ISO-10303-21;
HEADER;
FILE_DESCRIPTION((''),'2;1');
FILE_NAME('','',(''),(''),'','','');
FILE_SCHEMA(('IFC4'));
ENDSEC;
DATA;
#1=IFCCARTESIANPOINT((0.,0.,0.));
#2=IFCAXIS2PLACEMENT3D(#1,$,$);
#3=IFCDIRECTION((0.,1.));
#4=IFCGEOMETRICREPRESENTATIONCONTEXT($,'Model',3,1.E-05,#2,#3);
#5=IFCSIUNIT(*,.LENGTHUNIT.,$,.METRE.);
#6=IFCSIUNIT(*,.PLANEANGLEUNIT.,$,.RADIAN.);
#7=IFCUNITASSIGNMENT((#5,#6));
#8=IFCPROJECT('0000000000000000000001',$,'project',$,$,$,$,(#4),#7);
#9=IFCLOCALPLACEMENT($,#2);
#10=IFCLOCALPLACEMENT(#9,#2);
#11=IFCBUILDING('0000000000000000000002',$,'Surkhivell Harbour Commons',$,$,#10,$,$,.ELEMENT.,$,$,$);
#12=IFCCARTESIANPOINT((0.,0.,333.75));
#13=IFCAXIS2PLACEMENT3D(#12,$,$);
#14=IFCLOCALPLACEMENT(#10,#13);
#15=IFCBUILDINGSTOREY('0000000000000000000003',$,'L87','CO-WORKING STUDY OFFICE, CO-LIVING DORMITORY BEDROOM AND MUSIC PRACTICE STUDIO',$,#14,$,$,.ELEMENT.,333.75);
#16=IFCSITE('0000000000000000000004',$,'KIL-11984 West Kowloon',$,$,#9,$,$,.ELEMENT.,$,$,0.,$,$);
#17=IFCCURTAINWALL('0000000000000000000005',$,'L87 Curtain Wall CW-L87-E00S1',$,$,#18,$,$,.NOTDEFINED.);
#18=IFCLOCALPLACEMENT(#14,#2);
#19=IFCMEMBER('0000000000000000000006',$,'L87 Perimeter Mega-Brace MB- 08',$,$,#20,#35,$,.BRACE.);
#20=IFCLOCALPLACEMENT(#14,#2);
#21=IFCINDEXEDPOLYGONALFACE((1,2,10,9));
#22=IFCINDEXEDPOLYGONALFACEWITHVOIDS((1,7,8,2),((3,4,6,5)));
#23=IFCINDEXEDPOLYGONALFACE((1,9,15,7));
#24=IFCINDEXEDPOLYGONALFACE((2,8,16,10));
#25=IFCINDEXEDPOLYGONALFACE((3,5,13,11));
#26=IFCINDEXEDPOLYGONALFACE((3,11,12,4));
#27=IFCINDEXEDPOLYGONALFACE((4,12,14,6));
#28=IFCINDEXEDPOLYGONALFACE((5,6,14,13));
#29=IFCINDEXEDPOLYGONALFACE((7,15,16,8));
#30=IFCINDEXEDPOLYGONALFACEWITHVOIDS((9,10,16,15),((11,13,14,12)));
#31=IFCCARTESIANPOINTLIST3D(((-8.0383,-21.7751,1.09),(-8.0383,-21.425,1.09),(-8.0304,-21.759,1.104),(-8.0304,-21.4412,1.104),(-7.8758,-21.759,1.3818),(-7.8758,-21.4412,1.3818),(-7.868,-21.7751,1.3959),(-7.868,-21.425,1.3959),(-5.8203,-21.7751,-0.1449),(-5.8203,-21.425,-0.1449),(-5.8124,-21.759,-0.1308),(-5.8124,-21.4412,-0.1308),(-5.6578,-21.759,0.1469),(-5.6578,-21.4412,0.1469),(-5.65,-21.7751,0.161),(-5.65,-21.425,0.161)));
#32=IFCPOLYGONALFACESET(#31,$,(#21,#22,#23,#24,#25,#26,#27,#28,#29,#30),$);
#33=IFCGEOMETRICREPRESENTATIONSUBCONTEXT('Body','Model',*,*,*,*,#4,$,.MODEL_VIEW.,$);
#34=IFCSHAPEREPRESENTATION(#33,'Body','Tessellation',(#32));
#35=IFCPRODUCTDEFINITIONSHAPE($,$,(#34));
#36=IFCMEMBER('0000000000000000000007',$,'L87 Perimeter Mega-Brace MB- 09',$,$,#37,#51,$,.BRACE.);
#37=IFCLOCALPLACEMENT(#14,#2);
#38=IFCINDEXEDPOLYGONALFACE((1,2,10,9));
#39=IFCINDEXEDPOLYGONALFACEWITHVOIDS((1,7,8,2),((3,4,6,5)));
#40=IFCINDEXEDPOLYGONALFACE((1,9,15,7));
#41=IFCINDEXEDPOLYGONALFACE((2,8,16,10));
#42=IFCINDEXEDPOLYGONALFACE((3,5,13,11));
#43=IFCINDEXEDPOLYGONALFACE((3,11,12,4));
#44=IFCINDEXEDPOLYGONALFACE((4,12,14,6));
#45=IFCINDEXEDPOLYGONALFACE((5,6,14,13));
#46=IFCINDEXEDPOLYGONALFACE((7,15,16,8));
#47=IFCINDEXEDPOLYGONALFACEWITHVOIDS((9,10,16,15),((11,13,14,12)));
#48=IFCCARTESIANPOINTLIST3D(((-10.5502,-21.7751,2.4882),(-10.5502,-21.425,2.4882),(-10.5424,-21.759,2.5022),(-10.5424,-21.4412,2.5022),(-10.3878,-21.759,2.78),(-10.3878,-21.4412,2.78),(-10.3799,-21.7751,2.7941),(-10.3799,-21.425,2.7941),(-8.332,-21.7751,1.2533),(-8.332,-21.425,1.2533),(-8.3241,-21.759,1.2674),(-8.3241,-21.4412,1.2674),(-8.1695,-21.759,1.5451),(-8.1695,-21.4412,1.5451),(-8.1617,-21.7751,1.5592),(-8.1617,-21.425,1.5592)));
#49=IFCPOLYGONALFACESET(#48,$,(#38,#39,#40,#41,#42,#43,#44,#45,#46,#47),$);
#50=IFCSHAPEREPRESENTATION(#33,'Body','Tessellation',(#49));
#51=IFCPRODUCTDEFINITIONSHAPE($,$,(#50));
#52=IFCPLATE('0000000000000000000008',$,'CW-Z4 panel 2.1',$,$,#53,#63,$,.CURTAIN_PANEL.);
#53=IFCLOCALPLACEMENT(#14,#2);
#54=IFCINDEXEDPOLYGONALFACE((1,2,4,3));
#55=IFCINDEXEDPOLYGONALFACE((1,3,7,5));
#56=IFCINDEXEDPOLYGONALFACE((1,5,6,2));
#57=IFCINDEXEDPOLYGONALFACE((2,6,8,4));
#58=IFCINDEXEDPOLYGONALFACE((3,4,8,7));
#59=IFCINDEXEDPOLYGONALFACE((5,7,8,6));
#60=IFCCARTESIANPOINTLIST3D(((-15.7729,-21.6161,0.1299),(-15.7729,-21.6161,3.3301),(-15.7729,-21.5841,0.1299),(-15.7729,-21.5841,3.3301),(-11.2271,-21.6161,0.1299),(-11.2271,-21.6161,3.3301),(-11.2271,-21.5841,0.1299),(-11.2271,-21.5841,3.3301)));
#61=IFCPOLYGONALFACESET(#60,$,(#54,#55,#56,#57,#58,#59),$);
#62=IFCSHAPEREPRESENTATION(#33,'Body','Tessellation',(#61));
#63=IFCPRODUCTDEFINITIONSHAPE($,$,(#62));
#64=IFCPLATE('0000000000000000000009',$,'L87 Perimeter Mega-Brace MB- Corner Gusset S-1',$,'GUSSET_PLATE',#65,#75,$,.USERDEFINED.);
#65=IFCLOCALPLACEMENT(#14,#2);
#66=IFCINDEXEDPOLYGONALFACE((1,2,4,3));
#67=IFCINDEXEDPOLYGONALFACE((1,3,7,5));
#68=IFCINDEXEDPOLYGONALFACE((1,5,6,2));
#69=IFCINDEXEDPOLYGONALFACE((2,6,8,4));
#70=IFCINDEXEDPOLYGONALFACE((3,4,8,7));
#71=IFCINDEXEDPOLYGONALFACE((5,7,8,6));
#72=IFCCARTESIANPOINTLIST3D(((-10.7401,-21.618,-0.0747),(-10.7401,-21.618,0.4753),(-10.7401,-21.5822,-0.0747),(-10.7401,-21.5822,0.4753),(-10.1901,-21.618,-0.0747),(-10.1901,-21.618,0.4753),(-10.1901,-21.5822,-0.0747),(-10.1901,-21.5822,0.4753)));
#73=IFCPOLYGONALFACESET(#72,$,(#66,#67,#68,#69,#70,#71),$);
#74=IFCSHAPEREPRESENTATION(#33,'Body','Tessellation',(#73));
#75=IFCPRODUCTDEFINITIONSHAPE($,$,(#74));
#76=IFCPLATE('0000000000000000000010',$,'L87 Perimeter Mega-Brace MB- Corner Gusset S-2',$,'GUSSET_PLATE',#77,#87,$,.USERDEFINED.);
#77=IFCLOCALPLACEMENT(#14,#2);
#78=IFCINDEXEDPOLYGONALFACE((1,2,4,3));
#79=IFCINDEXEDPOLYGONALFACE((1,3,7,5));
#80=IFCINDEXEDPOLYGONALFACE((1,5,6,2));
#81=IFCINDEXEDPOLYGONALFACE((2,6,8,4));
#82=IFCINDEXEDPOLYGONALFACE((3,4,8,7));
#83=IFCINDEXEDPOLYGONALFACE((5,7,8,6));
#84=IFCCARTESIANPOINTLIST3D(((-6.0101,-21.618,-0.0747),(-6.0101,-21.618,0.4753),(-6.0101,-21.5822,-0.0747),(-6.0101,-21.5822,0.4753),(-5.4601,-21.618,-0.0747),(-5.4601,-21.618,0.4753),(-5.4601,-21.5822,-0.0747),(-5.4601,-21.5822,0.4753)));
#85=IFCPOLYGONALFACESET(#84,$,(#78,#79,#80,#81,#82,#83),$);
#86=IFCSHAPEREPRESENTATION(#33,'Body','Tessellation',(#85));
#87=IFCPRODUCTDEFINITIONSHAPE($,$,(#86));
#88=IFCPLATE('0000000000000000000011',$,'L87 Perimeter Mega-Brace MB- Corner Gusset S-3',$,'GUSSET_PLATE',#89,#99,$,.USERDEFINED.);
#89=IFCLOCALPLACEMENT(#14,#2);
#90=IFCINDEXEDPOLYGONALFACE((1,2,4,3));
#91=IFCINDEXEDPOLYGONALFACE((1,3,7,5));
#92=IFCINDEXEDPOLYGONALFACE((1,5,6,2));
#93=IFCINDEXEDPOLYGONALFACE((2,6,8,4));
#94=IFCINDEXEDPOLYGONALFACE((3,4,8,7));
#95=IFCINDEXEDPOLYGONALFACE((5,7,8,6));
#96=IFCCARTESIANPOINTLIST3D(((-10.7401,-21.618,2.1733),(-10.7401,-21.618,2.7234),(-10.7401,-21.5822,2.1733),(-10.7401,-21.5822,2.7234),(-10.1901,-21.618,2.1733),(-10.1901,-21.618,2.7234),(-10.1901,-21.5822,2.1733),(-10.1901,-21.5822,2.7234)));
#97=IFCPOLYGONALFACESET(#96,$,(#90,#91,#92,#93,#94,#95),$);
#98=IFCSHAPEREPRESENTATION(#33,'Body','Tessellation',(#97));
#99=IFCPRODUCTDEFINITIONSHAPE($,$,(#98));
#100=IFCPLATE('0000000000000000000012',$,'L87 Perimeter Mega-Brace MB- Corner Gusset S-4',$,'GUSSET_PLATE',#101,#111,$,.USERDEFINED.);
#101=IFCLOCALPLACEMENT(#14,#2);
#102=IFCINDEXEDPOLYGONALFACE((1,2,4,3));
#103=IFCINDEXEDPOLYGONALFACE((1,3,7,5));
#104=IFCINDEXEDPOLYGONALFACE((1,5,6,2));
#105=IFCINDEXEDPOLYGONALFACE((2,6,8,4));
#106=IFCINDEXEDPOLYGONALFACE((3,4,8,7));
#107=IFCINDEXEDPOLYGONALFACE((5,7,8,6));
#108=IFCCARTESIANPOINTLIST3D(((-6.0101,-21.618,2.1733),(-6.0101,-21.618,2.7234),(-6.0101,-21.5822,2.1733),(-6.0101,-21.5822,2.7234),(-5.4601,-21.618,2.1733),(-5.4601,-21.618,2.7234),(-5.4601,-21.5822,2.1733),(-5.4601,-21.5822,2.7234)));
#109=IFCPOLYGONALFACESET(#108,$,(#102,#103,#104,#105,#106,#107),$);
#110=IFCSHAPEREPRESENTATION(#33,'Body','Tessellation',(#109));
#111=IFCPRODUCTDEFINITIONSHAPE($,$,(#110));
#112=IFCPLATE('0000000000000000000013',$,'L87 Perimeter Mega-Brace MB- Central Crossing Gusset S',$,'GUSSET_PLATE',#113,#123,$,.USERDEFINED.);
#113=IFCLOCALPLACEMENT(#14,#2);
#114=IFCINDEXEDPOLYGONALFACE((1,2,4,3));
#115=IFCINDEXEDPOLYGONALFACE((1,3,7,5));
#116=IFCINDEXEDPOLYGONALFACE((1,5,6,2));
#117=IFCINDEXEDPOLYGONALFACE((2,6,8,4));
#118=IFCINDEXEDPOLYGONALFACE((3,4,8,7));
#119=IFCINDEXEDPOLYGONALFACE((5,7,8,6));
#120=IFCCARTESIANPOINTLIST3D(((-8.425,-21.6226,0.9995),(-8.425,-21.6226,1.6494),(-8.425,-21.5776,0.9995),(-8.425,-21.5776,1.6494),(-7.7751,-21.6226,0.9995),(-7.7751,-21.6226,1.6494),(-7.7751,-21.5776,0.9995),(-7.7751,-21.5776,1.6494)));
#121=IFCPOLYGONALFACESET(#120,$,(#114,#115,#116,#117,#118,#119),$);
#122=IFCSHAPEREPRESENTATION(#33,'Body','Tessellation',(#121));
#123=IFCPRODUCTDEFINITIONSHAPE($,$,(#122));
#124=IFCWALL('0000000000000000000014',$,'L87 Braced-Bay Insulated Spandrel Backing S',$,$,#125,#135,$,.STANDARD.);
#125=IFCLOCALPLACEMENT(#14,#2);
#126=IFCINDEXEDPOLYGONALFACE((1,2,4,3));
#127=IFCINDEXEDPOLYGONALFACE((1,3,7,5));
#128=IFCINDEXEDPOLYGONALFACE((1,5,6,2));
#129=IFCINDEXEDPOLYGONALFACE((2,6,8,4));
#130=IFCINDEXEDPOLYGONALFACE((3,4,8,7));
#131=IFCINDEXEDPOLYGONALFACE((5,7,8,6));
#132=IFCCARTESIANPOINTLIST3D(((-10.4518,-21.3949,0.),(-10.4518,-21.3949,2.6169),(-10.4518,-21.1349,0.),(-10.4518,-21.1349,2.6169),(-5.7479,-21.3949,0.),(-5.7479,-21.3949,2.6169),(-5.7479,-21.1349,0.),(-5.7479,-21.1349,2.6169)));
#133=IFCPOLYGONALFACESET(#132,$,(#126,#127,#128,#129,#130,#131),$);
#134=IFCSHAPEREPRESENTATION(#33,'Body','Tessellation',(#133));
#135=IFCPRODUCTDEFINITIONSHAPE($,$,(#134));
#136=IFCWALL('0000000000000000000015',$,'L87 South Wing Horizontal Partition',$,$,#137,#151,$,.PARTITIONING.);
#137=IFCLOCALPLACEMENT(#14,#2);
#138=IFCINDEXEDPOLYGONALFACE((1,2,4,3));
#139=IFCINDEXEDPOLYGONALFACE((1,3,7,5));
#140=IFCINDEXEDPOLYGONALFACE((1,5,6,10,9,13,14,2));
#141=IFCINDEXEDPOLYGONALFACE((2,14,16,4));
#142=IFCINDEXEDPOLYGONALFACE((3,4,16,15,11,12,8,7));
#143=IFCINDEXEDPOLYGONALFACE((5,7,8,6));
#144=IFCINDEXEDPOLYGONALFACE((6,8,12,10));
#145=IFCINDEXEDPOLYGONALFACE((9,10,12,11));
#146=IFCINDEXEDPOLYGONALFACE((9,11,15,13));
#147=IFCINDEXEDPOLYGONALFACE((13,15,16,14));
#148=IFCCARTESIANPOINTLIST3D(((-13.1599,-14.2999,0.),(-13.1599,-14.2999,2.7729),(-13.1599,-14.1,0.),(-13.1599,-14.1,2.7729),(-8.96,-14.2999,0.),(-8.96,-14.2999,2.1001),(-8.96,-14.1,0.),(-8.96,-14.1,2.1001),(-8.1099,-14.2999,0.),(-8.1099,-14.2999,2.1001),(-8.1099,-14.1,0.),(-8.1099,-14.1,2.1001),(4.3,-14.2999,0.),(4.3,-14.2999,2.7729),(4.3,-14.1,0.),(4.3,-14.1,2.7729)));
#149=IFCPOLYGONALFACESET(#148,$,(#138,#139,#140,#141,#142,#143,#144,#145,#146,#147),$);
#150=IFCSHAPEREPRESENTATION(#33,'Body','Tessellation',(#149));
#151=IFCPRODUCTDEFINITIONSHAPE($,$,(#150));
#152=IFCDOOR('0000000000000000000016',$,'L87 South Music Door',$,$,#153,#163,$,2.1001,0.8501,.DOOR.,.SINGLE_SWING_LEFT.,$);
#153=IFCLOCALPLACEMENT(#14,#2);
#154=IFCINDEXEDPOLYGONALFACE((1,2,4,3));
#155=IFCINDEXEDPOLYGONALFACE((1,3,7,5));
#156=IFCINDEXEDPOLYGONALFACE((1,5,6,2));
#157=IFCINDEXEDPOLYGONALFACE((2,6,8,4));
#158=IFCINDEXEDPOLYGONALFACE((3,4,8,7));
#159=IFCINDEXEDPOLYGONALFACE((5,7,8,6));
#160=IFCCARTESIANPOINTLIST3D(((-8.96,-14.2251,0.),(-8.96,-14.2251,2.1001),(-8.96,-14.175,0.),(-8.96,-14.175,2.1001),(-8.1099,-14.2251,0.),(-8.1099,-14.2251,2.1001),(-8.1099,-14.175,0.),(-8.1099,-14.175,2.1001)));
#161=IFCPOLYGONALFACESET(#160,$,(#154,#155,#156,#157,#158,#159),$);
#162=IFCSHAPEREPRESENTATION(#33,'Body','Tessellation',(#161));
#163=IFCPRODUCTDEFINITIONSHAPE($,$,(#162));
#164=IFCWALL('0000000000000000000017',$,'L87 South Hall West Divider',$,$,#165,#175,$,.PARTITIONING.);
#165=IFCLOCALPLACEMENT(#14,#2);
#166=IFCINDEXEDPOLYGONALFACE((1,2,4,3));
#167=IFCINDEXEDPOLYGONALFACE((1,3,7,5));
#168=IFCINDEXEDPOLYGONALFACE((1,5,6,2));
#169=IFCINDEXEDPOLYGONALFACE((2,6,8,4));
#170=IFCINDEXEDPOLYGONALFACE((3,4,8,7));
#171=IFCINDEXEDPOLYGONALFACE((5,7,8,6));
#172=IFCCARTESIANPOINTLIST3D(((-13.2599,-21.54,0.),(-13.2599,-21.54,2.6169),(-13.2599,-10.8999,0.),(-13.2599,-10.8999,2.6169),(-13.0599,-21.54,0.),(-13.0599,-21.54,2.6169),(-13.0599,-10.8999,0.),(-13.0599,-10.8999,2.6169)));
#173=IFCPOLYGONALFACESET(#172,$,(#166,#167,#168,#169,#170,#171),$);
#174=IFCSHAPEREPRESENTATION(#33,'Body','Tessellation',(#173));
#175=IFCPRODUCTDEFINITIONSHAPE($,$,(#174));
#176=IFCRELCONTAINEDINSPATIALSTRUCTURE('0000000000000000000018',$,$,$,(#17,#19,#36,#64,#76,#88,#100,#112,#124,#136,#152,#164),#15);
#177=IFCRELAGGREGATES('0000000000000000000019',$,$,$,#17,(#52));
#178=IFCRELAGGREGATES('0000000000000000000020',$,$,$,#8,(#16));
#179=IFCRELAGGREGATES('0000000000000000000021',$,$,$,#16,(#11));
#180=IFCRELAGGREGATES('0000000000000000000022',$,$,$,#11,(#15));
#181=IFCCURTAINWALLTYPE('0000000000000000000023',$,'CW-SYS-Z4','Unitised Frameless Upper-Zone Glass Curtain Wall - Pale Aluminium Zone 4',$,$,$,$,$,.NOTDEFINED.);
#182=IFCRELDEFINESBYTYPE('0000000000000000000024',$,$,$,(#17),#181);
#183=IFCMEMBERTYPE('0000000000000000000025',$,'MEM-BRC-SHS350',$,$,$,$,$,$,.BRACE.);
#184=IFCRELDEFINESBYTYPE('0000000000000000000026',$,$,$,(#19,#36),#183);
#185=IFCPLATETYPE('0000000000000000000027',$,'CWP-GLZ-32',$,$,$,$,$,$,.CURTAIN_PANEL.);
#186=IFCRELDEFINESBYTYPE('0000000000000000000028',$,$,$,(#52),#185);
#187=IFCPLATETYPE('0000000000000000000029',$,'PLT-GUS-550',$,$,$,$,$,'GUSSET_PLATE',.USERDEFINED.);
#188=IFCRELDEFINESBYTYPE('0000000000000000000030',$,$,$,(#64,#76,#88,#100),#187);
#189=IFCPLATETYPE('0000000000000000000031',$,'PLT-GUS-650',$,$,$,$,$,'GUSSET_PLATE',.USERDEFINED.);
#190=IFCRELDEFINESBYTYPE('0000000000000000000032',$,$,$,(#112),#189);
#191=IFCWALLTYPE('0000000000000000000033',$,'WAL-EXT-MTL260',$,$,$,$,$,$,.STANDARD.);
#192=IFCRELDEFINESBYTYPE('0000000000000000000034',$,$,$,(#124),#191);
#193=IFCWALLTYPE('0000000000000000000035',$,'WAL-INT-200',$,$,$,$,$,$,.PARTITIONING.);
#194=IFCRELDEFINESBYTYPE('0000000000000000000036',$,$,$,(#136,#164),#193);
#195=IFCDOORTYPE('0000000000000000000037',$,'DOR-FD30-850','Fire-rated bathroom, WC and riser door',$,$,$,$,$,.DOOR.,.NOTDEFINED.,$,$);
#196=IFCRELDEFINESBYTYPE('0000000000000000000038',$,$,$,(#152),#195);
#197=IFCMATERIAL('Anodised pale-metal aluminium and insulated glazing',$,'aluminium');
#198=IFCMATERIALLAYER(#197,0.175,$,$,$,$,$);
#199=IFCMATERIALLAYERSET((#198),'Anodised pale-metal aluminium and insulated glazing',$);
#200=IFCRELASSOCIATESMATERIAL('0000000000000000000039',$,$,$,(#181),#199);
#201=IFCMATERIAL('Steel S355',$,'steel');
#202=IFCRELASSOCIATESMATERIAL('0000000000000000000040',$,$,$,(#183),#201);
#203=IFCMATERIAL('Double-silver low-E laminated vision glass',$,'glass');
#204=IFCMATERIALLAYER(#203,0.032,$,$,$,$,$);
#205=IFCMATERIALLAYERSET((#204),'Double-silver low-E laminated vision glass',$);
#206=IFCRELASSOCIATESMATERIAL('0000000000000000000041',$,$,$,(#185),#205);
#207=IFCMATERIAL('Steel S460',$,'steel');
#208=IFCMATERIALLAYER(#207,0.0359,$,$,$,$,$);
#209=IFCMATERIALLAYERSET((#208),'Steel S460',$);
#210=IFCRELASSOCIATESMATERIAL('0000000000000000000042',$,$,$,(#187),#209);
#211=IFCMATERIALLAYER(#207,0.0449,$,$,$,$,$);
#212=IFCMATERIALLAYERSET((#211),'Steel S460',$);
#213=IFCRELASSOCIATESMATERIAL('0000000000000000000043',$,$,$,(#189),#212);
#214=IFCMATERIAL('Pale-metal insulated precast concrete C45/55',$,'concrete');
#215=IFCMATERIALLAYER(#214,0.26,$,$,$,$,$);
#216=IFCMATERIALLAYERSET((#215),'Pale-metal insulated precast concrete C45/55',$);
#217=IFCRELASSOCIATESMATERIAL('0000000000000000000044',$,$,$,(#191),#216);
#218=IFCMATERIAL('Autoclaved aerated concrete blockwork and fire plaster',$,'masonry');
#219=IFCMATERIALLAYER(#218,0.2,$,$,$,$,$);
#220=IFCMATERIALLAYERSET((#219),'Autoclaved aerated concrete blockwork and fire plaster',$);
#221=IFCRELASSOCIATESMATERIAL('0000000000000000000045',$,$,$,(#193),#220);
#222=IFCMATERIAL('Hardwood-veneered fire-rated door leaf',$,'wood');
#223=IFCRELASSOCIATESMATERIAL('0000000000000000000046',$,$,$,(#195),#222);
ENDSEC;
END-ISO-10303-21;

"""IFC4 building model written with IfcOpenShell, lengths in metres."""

from ifc_helpers import new_model, si_unit, direction, frame, frame_2d, origin, origin_2d, place, context, subcontext, project, spatial, rectangle, hollow_rectangle, extrude, material, layer, layer_set, material_profile, profile_set, type_object, element, fill, aggregate, save


model = new_model("IFC4")

# Units and contexts
model_context = context("Model", 3, precision=1e-05, world=origin(), true_north=direction((0.0, 1.0)))
body_context = subcontext(model_context, "Body", "Model", "MODEL_VIEW")
ifc_project = project(units=[si_unit("LENGTHUNIT", "METRE"), si_unit("PLANEANGLEUNIT", "RADIAN")], contexts=[model_context])

# Site, building, storey
site_placement = place(None, origin())
site = spatial("IfcSite", under=ifc_project, at=site_placement, Name="KIL-11984 West Kowloon", CompositionType="ELEMENT", RefElevation=0.0)
building_placement = place(site_placement, origin())
building = spatial("IfcBuilding", under=site, at=building_placement, Name="Surkhivell Harbour Commons", CompositionType="ELEMENT")
storey_placement = place(building_placement, frame((0.0, 0.0, 333.75)))
storey = spatial("IfcBuildingStorey", under=building, at=storey_placement, Name="L87", Description="CO-WORKING STUDY OFFICE, CO-LIVING DORMITORY BEDROOM AND MUSIC PRACTICE STUDIO", CompositionType="ELEMENT", Elevation=333.75)

# Shared definitions
ifc_material_1 = material(Name="Steel S355", Category="steel")

# Curtain wall
ifc_material_2 = material(Name="Anodised pale-metal aluminium and insulated glazing", Category="aluminium")
ifc_layer_1 = layer(ifc_material_2, 0.175)
ifc_layer_set_1 = layer_set([ifc_layer_1], Name="Anodised pale-metal aluminium and insulated glazing")
curtain_wall_type = type_object("IfcCurtainWallType", Name="CW-SYS-Z4", Description="Unitised Frameless Upper-Zone Glass Curtain Wall - Pale Aluminium Zone 4", PredefinedType="NOTDEFINED", material=ifc_layer_set_1)
curtain_wall_placement = place(storey_placement, origin())
curtain_wall = element("IfcCurtainWall", 1, at=curtain_wall_placement, inside=storey, type_object=curtain_wall_type, Name="L87 Curtain Wall CW-L87-E00S1", PredefinedType="NOTDEFINED")

# Members
ifc_material_profile_1 = material_profile(ifc_material_1, hollow_rectangle(XDim=0.3501, YDim=0.3501, WallThickness=0.0161, at=origin_2d()), Name="SHS350x350x16")
ifc_profile_set_1 = profile_set([ifc_material_profile_1], Name="Steel S355")
member_type_1 = type_object("IfcMemberType", Name="MEM-BRC-SHS350", PredefinedType="BRACE", material=ifc_profile_set_1)
member_1_placement = place(storey_placement, frame((-5.7351, -21.6001, 0.0081), z_axis=(-0.873717, 0.0, 0.486435), x_axis=(0.0, -1.0, 0.0)))
element("IfcMember", 2, at=member_1_placement, inside=storey, type_object=member_type_1, Name="L87 Perimeter Mega-Brace MB- 08", PredefinedType="BRACE", context=body_context, shape_type="SweptSolid", body=[
    extrude(hollow_rectangle(XDim=0.3501, YDim=0.3501, WallThickness=0.0161, at=origin_2d()), origin(), (0.0, 0.0, 1.0), 2.5386),
])
member_2_placement = place(storey_placement, frame((-8.2468, -21.6001, 1.4062), z_axis=(-0.87374, 0.0, 0.486394), x_axis=(0.0, -1.0, 0.0)))
element("IfcMember", 3, at=member_2_placement, inside=storey, type_object=member_type_1, Name="L87 Perimeter Mega-Brace MB- 09", PredefinedType="BRACE", context=body_context, shape_type="SweptSolid", body=[
    extrude(hollow_rectangle(XDim=0.3501, YDim=0.3501, WallThickness=0.0161, at=origin_2d()), origin(), (0.0, 0.0, 1.0), 2.5388),
])

# Plate
ifc_material_3 = material(Name="Double-silver low-E laminated vision glass", Category="glass")
ifc_layer_2 = layer(ifc_material_3, 0.032)
ifc_layer_set_2 = layer_set([ifc_layer_2], Name="Double-silver low-E laminated vision glass")
plate_type_1 = type_object("IfcPlateType", Name="CWP-GLZ-32", PredefinedType="CURTAIN_PANEL", material=ifc_layer_set_2)
plate_1_placement = place(storey_placement, frame((-15.7729, -21.6001, 0.1299), z_axis=(0.0, 0.0, 1.0), x_axis=(1.0, 0.0, 0.0)))
plate_1 = element("IfcPlate", 4, at=plate_1_placement, type_object=plate_type_1, Name="CW-Z4 panel 2.1", PredefinedType="CURTAIN_PANEL", context=body_context, shape_type="SweptSolid", body=[
    extrude(rectangle(XDim=4.5459, YDim=0.032, at=frame_2d((2.2729, 0.0))), origin(), (0.0, 0.0, 1.0), 3.2002),
])
aggregate(curtain_wall, [plate_1])

# Plates
ifc_material_4 = material(Name="Steel S460", Category="steel")
ifc_layer_3 = layer(ifc_material_4, 0.0359)
ifc_layer_set_3 = layer_set([ifc_layer_3], Name="Steel S460")
plate_type_2 = type_object("IfcPlateType", Name="PLT-GUS-550", ElementType="GUSSET_PLATE", PredefinedType="USERDEFINED", material=ifc_layer_set_3)
for number, where, z_axis, x_axis, name in (
    (5, (-10.4651, -21.6001, -0.0747), (0.0, 0.0, 1.0), (1.0, 0.0, 0.0), "L87 Perimeter Mega-Brace MB- Corner Gusset S-1"),
    (6, (-5.7351, -21.6001, -0.0747), (0.0, 0.0, 1.0), (1.0, 0.0, 0.0), "L87 Perimeter Mega-Brace MB- Corner Gusset S-2"),
    (7, (-10.4651, -21.6001, 2.1733), (0.0, 0.0, 1.0), (1.0, 0.0, 0.0), "L87 Perimeter Mega-Brace MB- Corner Gusset S-3"),
    (8, (-5.7351, -21.6001, 2.1733), (0.0, 0.0, 1.0), (1.0, 0.0, 0.0), "L87 Perimeter Mega-Brace MB- Corner Gusset S-4"),
):
    element("IfcPlate", number, at=place(storey_placement, frame(where, z_axis=z_axis, x_axis=x_axis)), inside=storey, type_object=plate_type_2, Name=name, ObjectType="GUSSET_PLATE", PredefinedType="USERDEFINED", context=body_context, shape_type="SweptSolid", body=[
        extrude(rectangle(XDim=0.55, YDim=0.0359, at=origin_2d()), origin(), (0.0, 0.0, 1.0), 0.55),
    ])
ifc_layer_4 = layer(ifc_material_4, 0.0449)
ifc_layer_set_4 = layer_set([ifc_layer_4], Name="Steel S460")
plate_type_3 = type_object("IfcPlateType", Name="PLT-GUS-650", ElementType="GUSSET_PLATE", PredefinedType="USERDEFINED", material=ifc_layer_set_4)
plate_2_placement = place(storey_placement, frame((-8.1001, -21.6001, 0.9995), z_axis=(0.0, 0.0, 1.0), x_axis=(1.0, 0.0, 0.0)))
element("IfcPlate", 9, at=plate_2_placement, inside=storey, type_object=plate_type_3, Name="L87 Perimeter Mega-Brace MB- Central Crossing Gusset S", ObjectType="GUSSET_PLATE", PredefinedType="USERDEFINED", context=body_context, shape_type="SweptSolid", body=[
    extrude(rectangle(XDim=0.6499, YDim=0.0449, at=origin_2d()), origin(), (0.0, 0.0, 1.0), 0.6499),
])

# Wall
ifc_material_5 = material(Name="Pale-metal insulated precast concrete C45/55", Category="concrete")
ifc_layer_5 = layer(ifc_material_5, 0.26)
ifc_layer_set_5 = layer_set([ifc_layer_5], Name="Pale-metal insulated precast concrete C45/55")
wall_type_1 = type_object("IfcWallType", Name="WAL-EXT-MTL260", PredefinedType="STANDARD", material=ifc_layer_set_5)
wall_1_placement = place(storey_placement, frame((-10.4519, -21.2649, 0.0), z_axis=(0.0, 0.0, 1.0), x_axis=(1.0, 0.0, 0.0)))
element("IfcWall", 10, at=wall_1_placement, inside=storey, type_object=wall_type_1, Name="L87 Braced-Bay Insulated Spandrel Backing S", PredefinedType="STANDARD", context=body_context, shape_type="SweptSolid", body=[
    extrude(rectangle(XDim=4.7039, YDim=0.26, at=frame_2d((2.3521, 0.0))), origin(), (0.0, 0.0, 1.0), 2.6169),
])

# Wall, opening, door
ifc_material_6 = material(Name="Autoclaved aerated concrete blockwork and fire plaster", Category="masonry")
ifc_layer_6 = layer(ifc_material_6, 0.2)
ifc_layer_set_6 = layer_set([ifc_layer_6], Name="Autoclaved aerated concrete blockwork and fire plaster")
wall_type_2 = type_object("IfcWallType", Name="WAL-INT-200", PredefinedType="PARTITIONING", material=ifc_layer_set_6)
wall_2_placement = place(storey_placement, frame((-13.1599, -14.2, 0.0), z_axis=(0.0, 0.0, 1.0), x_axis=(1.0, 0.0, 0.0)))
wall_2 = element("IfcWall", 11, at=wall_2_placement, inside=storey, type_object=wall_type_2, Name="L87 South Wing Horizontal Partition", PredefinedType="PARTITIONING", context=body_context, shape_type="SweptSolid", body=[
    extrude(rectangle(XDim=17.46, YDim=0.2, at=frame_2d((8.73, 0.0))), origin(), (0.0, 0.0, 1.0), 2.7729),
])
opening_placement = place(wall_2_placement, frame((4.2, 0.0, 0.0)))
opening = element("IfcOpeningElement", 12, at=opening_placement, cuts=wall_2, PredefinedType="OPENING", context=body_context, shape_type="SweptSolid", body=[
    extrude(rectangle(XDim=0.8501, YDim=2.1001, at=frame_2d((0.425, 1.05))), frame((0.0, 0.1099, 0.0), z_axis=(0.0, -1.0, 0.0), x_axis=(1.0, 0.0, 0.0)), (0.0, 0.0, 1.0), 0.22),
])
ifc_material_7 = material(Name="Hardwood-veneered fire-rated door leaf", Category="wood")
door_type = type_object("IfcDoorType", Name="DOR-FD30-850", Description="Fire-rated bathroom, WC and riser door", OperationType="NOTDEFINED", PredefinedType="DOOR", material=ifc_material_7)
door_placement = place(opening_placement, origin())
door = element("IfcDoor", 13, at=door_placement, inside=storey, type_object=door_type, Name="L87 South Music Door", OperationType="SINGLE_SWING_LEFT", OverallHeight=2.1001, OverallWidth=0.8501, PredefinedType="DOOR", context=body_context, shape_type="SweptSolid", body=[
    extrude(rectangle(XDim=0.8501, YDim=2.1001, at=frame_2d((0.425, 1.05))), frame((0.0, 0.0249, 0.0), z_axis=(0.0, -1.0, 0.0), x_axis=(1.0, 0.0, 0.0)), (0.0, 0.0, 1.0), 0.05),
])
fill(opening, door)

# Wall
wall_3_placement = place(storey_placement, frame((-13.1599, -21.54, 0.0), z_axis=(0.0, 0.0, 1.0), x_axis=(0.0, 1.0, 0.0)))
element("IfcWall", 14, at=wall_3_placement, inside=storey, type_object=wall_type_2, Name="L87 South Hall West Divider", PredefinedType="PARTITIONING", context=body_context, shape_type="SweptSolid", body=[
    extrude(rectangle(XDim=10.6401, YDim=0.2, at=frame_2d((5.3201, 0.0))), origin(), (0.0, 0.0, 1.0), 2.6169),
])

save(model, "model.ifc")
